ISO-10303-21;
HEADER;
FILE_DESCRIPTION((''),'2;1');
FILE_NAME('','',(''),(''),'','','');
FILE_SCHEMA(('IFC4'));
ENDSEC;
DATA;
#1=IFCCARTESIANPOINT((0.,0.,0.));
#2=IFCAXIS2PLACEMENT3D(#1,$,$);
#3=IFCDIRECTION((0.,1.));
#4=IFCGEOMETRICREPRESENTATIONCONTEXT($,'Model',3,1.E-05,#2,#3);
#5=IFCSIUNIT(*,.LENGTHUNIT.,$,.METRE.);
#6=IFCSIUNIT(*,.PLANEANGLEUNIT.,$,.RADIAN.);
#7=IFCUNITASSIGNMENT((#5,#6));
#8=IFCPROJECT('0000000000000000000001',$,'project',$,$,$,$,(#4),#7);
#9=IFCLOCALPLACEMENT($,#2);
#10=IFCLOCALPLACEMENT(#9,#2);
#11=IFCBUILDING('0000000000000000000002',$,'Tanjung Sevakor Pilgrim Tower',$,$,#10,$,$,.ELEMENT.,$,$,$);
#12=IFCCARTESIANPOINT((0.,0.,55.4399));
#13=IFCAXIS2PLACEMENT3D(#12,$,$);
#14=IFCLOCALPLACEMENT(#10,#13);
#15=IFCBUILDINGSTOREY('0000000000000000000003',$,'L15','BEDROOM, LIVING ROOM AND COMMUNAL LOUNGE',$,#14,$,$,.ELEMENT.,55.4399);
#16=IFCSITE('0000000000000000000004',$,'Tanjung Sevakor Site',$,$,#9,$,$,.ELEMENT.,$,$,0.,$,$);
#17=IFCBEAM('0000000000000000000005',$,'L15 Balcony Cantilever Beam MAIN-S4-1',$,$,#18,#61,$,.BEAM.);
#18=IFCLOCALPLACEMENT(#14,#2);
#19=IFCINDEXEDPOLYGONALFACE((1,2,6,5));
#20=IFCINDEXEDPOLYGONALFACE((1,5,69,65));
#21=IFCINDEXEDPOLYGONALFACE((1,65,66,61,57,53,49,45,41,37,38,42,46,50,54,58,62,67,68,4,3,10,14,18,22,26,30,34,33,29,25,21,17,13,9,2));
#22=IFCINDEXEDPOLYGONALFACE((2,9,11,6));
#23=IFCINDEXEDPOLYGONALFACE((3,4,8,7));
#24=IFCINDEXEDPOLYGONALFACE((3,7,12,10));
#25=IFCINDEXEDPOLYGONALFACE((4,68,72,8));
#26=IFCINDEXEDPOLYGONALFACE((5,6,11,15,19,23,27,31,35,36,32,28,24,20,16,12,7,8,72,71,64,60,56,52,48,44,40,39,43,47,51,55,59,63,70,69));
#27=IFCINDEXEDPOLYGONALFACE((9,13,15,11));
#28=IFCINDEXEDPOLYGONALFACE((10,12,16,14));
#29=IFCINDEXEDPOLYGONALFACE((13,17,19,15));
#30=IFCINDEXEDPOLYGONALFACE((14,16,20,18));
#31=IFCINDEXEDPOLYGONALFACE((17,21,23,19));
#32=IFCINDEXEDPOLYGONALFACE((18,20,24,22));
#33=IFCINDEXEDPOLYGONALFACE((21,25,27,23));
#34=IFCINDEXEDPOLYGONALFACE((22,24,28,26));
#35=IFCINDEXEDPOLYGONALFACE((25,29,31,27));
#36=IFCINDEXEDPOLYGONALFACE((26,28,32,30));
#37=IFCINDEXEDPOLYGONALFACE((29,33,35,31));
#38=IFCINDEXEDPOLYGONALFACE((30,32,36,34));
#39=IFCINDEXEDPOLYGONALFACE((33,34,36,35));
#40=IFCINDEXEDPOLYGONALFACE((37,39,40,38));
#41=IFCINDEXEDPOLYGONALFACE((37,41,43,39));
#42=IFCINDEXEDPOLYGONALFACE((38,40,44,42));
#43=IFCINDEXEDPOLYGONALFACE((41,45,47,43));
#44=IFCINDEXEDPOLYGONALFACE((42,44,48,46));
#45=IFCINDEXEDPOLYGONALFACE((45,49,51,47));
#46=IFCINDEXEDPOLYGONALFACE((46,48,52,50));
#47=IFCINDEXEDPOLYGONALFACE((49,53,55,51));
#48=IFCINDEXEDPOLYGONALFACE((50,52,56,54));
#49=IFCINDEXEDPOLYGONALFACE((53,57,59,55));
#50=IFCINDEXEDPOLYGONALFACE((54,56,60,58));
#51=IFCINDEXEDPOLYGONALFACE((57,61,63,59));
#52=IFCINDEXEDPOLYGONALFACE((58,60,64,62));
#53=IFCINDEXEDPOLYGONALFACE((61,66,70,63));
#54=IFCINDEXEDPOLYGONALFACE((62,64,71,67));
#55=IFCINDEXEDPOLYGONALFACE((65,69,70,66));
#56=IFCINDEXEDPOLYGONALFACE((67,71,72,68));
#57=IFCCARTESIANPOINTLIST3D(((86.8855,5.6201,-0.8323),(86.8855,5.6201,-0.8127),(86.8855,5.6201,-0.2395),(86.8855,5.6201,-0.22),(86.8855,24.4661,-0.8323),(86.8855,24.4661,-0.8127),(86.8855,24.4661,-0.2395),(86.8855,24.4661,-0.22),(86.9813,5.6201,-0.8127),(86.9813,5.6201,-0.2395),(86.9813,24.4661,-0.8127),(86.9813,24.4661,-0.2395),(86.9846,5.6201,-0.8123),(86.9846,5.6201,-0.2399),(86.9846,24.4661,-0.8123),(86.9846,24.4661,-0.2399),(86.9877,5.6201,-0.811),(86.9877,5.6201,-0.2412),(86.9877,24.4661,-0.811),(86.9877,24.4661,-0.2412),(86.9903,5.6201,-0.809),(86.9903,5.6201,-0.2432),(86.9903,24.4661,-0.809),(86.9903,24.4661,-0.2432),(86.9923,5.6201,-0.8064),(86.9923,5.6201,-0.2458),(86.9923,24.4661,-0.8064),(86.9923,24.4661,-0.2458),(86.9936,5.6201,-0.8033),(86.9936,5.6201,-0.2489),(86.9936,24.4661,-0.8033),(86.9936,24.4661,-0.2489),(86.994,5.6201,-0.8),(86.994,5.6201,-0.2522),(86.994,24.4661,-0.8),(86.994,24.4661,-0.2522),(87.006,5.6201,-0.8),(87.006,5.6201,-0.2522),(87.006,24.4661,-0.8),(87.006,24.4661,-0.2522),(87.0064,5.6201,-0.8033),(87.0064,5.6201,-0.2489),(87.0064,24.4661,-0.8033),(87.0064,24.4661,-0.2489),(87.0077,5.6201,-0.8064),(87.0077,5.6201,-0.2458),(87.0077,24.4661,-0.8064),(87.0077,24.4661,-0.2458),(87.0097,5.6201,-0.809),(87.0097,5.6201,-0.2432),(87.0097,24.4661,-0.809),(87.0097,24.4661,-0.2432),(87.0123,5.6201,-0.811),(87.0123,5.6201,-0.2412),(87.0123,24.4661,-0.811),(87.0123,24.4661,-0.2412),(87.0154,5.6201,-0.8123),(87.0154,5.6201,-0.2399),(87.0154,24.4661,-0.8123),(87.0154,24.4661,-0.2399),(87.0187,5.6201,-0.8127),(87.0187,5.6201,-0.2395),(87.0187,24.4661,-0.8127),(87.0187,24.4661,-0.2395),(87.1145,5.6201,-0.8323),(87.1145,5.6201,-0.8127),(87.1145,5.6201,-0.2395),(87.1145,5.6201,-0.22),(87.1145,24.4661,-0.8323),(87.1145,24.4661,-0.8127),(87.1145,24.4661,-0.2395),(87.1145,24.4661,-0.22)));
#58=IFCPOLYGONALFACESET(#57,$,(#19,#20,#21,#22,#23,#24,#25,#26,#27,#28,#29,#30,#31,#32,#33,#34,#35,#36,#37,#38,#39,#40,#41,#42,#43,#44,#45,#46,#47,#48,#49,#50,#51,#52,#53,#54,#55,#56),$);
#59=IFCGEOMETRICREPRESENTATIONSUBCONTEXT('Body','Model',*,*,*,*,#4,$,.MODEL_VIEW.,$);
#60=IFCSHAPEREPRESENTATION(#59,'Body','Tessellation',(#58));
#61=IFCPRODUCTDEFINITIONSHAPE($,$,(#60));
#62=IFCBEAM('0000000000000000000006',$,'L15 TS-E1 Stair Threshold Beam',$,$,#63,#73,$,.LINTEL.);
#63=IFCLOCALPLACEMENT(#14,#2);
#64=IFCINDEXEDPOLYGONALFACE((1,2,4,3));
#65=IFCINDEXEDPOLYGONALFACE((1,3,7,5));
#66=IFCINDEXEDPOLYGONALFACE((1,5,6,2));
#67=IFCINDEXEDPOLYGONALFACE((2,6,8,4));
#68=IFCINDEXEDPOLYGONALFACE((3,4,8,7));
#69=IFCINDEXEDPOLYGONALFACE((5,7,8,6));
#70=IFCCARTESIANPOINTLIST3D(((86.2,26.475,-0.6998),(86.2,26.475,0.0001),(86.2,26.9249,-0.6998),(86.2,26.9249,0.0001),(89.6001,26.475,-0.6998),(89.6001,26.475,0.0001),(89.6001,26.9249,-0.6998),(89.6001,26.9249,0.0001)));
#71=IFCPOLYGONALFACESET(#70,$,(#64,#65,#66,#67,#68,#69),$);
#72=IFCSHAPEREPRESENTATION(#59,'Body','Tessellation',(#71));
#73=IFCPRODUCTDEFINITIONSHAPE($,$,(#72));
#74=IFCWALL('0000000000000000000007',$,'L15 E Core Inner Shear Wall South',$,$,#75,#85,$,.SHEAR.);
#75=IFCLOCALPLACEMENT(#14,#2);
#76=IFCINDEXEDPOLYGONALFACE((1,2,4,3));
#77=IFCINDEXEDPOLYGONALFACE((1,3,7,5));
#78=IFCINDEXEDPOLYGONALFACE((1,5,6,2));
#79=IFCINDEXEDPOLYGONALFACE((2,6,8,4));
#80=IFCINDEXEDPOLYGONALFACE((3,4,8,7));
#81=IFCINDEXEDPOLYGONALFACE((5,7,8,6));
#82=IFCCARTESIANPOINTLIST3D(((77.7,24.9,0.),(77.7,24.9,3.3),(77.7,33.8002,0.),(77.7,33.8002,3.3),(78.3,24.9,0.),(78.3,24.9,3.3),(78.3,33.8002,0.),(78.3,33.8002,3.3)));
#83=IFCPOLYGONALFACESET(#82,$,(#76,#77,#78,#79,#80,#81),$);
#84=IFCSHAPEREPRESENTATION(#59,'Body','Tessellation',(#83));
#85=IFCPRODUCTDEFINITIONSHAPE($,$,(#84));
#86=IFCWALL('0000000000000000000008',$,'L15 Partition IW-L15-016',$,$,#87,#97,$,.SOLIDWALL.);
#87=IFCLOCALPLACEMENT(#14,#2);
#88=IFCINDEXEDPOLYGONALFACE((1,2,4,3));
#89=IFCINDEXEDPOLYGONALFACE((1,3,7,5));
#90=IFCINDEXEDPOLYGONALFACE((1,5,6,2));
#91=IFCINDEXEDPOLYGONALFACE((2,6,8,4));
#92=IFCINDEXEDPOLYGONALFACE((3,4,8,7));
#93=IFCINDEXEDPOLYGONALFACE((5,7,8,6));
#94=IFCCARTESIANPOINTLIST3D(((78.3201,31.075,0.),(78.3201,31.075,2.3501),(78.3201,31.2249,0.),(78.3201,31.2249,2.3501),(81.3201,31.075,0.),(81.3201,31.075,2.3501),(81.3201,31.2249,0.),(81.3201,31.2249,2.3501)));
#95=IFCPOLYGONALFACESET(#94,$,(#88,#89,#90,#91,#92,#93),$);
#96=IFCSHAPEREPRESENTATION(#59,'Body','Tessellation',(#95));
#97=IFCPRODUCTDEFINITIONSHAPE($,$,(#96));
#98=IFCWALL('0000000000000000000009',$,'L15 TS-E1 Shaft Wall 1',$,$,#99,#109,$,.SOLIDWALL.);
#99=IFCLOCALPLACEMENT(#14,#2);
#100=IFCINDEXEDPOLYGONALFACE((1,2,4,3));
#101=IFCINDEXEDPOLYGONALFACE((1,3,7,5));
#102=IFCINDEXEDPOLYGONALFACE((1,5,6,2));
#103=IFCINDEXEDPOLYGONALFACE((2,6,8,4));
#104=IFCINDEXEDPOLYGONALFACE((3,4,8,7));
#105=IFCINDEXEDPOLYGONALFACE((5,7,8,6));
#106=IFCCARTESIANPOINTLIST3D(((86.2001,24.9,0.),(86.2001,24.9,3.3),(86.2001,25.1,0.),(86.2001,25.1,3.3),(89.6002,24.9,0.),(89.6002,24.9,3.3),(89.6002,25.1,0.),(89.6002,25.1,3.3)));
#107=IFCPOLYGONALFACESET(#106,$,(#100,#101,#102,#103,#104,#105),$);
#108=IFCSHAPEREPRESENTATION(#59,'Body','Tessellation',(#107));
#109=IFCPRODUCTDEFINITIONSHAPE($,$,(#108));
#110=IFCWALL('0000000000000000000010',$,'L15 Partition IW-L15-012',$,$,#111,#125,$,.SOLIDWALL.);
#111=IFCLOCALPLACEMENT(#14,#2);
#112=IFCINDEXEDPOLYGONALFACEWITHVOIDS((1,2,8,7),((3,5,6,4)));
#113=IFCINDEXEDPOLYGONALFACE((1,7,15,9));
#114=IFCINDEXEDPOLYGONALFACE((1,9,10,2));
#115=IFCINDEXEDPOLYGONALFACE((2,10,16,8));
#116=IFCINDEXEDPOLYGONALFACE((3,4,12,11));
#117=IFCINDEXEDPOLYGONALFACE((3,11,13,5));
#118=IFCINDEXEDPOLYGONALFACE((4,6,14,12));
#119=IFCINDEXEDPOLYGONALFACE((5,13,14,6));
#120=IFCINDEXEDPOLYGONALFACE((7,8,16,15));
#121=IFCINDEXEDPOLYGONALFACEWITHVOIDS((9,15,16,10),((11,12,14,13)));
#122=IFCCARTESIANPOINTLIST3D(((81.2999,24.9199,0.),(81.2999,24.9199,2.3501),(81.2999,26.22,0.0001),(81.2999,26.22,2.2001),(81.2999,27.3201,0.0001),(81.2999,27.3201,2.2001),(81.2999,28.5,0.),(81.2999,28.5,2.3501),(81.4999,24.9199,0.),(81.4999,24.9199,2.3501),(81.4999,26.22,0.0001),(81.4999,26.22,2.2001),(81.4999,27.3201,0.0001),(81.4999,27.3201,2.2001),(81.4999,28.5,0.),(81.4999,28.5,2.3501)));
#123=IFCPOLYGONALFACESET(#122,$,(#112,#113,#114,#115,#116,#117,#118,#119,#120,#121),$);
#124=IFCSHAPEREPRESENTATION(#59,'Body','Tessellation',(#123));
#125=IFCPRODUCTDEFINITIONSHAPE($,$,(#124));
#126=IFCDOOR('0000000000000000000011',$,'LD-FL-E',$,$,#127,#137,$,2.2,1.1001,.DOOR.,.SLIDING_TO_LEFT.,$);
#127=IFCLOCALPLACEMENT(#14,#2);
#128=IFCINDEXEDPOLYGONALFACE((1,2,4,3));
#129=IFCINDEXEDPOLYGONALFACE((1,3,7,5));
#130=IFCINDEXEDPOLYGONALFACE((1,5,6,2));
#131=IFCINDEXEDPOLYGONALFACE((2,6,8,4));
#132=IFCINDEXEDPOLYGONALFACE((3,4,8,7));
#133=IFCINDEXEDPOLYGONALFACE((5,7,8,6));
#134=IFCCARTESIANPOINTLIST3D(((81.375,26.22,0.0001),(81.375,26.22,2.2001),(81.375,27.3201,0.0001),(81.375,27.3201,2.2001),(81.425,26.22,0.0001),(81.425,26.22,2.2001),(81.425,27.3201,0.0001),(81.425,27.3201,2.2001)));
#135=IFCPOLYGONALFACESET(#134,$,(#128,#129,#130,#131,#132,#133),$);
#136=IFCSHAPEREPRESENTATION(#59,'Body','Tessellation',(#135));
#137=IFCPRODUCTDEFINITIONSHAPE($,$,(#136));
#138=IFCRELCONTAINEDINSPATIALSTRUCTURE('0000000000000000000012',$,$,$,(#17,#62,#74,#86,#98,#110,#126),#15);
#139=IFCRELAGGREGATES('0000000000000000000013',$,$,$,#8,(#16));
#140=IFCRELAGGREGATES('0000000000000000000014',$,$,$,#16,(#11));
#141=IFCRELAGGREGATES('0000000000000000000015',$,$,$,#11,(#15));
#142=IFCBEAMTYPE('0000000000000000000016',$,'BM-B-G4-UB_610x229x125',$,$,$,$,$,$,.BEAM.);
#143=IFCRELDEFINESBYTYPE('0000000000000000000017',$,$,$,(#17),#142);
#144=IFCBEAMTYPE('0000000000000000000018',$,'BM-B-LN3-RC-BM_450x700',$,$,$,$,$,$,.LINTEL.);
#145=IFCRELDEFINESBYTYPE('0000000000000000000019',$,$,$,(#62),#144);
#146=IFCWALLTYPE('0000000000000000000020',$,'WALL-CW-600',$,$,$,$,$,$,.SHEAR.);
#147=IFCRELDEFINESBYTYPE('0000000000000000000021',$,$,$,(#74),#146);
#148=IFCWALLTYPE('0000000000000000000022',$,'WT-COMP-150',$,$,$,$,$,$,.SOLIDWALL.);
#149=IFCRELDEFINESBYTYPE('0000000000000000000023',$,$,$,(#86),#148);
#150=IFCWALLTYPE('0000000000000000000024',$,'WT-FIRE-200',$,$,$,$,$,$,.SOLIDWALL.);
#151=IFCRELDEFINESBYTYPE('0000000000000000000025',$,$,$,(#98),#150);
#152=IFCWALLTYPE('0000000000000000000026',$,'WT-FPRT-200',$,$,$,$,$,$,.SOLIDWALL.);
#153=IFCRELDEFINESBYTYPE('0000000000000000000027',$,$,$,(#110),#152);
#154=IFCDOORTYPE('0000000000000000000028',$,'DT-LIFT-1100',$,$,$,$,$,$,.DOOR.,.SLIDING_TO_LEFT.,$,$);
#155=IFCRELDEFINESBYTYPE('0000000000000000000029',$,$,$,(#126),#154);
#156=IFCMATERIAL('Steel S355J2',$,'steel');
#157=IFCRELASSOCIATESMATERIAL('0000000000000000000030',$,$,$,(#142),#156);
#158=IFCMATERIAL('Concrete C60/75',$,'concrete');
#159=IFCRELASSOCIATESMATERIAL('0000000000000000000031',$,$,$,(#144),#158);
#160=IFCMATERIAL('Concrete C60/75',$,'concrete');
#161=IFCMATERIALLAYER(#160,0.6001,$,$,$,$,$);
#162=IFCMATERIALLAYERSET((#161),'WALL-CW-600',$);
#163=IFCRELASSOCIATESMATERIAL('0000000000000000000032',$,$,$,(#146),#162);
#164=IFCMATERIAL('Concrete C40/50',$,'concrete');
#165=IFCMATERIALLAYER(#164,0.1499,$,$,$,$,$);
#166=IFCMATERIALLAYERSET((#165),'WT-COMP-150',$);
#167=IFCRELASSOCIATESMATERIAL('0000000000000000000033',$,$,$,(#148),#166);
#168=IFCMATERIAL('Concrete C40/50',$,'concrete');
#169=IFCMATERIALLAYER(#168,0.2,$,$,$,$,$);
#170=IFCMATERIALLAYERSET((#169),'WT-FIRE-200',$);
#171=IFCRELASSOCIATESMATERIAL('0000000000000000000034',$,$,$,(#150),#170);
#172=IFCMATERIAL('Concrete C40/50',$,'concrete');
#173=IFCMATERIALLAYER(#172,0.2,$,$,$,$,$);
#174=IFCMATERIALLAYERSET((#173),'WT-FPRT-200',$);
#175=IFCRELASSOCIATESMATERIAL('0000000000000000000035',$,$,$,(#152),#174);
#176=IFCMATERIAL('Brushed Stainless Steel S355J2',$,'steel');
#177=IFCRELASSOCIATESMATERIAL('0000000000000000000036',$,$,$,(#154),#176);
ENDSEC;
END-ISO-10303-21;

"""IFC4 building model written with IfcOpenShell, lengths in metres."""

from ifc_helpers import new_model, si_unit, direction, frame, frame_2d, origin, origin_2d, place, context, subcontext, project, spatial, rectangle, i_section, extrude, material, layer, layer_set, material_profile, profile_set, type_object, element, fill, save


model = new_model("IFC4")

# Units and contexts
model_context = context("Model", 3, precision=1e-05, world=origin(), true_north=direction((0.0, 1.0)))
body_context = subcontext(model_context, "Body", "Model", "MODEL_VIEW")
ifc_project = project(units=[si_unit("LENGTHUNIT", "METRE"), si_unit("PLANEANGLEUNIT", "RADIAN")], contexts=[model_context])

# Site, building, storey
site_placement = place(None, origin())
site = spatial("IfcSite", under=ifc_project, at=site_placement, Name="Tanjung Sevakor Site", CompositionType="ELEMENT", RefElevation=0.0)
building_placement = place(site_placement, origin())
building = spatial("IfcBuilding", under=site, at=building_placement, Name="Tanjung Sevakor Pilgrim Tower", CompositionType="ELEMENT")
storey_placement = place(building_placement, frame((0.0, 0.0, 55.4399)))
storey = spatial("IfcBuildingStorey", under=building, at=storey_placement, Name="L15", Description="BEDROOM, LIVING ROOM AND COMMUNAL LOUNGE", CompositionType="ELEMENT", Elevation=55.4399)

# Beams
ifc_material_1 = material(Name="Steel S355J2", Category="steel")
ifc_material_profile_1 = material_profile(ifc_material_1, i_section(OverallWidth=0.229, OverallDepth=0.6123, WebThickness=0.012, FlangeThickness=0.0195, FilletRadius=0.0127, at=origin_2d()))
ifc_profile_set_1 = profile_set([ifc_material_profile_1], Name="Steel S355J2")
beam_type_1 = type_object("IfcBeamType", Name="BM-B-G4-UB_610x229x125", PredefinedType="BEAM", material=ifc_profile_set_1)
beam_1_placement = place(storey_placement, frame((87.0, 24.4661, -0.5261), z_axis=(0.0, -1.0, 0.0), x_axis=(1.0, 0.0, 0.0)))
element("IfcBeam", 1, at=beam_1_placement, inside=storey, type_object=beam_type_1, Name="L15 Balcony Cantilever Beam MAIN-S4-1", PredefinedType="BEAM", context=body_context, shape_type="SweptSolid", body=[
    extrude(i_section(OverallWidth=0.229, OverallDepth=0.6123, WebThickness=0.012, FlangeThickness=0.0195, FilletRadius=0.0127, at=origin_2d()), origin(), (0.0, 0.0, 1.0), 18.8459),
])
ifc_material_2 = material(Name="Concrete C60/75", Category="concrete")
ifc_material_profile_2 = material_profile(ifc_material_2, rectangle(XDim=0.45, YDim=0.7, at=origin_2d()))
ifc_profile_set_2 = profile_set([ifc_material_profile_2], Name="Concrete C60/75")
beam_type_2 = type_object("IfcBeamType", Name="BM-B-LN3-RC-BM_450x700", PredefinedType="LINTEL", material=ifc_profile_set_2)
beam_2_placement = place(storey_placement, frame((86.2, 26.7, -0.3499), z_axis=(1.0, 0.0, 0.0), x_axis=(0.0, 1.0, 0.0)))
element("IfcBeam", 2, at=beam_2_placement, inside=storey, type_object=beam_type_2, Name="L15 TS-E1 Stair Threshold Beam", PredefinedType="LINTEL", context=body_context, shape_type="SweptSolid", body=[
    extrude(rectangle(XDim=0.45, YDim=0.7, at=origin_2d()), origin(), (0.0, 0.0, 1.0), 3.4001),
])

# Wall
ifc_material_3 = material(Name="Concrete C60/75", Category="concrete")
ifc_layer_1 = layer(ifc_material_3, 0.6001)
ifc_layer_set_1 = layer_set([ifc_layer_1], Name="WALL-CW-600")
wall_type_1 = type_object("IfcWallType", Name="WALL-CW-600", PredefinedType="SHEAR", material=ifc_layer_set_1)
wall_1_placement = place(storey_placement, frame((78.0, 24.8999, 0.0), z_axis=(0.0, 0.0, 1.0), x_axis=(0.0, 1.0, 0.0)))
element("IfcWall", 3, at=wall_1_placement, inside=storey, type_object=wall_type_1, Name="L15 E Core Inner Shear Wall South", PredefinedType="SHEAR", context=body_context, shape_type="SweptSolid", body=[
    extrude(rectangle(XDim=8.9001, YDim=0.6001, at=frame_2d((4.4502, 0.0))), origin(), (0.0, 0.0, 1.0), 3.3),
])

# Wall
ifc_material_4 = material(Name="Concrete C40/50", Category="concrete")
ifc_layer_2 = layer(ifc_material_4, 0.1499)
ifc_layer_set_2 = layer_set([ifc_layer_2], Name="WT-COMP-150")
wall_type_2 = type_object("IfcWallType", Name="WT-COMP-150", PredefinedType="SOLIDWALL", material=ifc_layer_set_2)
wall_2_placement = place(storey_placement, frame((78.3201, 31.1499, 0.0), z_axis=(0.0, 0.0, 1.0), x_axis=(1.0, 0.0, 0.0)))
element("IfcWall", 4, at=wall_2_placement, inside=storey, type_object=wall_type_2, Name="L15 Partition IW-L15-016", PredefinedType="SOLIDWALL", context=body_context, shape_type="SweptSolid", body=[
    extrude(rectangle(XDim=3.0, YDim=0.1499, at=frame_2d((1.5, 0.0))), origin(), (0.0, 0.0, 1.0), 2.3501),
])

# Wall
ifc_material_5 = material(Name="Concrete C40/50", Category="concrete")
ifc_layer_3 = layer(ifc_material_5, 0.2)
ifc_layer_set_3 = layer_set([ifc_layer_3], Name="WT-FIRE-200")
wall_type_3 = type_object("IfcWallType", Name="WT-FIRE-200", PredefinedType="SOLIDWALL", material=ifc_layer_set_3)
wall_3_placement = place(storey_placement, frame((86.2, 25.0, 0.0), z_axis=(0.0, 0.0, 1.0), x_axis=(1.0, 0.0, 0.0)))
element("IfcWall", 5, at=wall_3_placement, inside=storey, type_object=wall_type_3, Name="L15 TS-E1 Shaft Wall 1", PredefinedType="SOLIDWALL", context=body_context, shape_type="SweptSolid", body=[
    extrude(rectangle(XDim=3.4001, YDim=0.2, at=frame_2d((1.7002, 0.0))), origin(), (0.0, 0.0, 1.0), 3.3),
])

# Wall, opening, door
ifc_material_6 = material(Name="Concrete C40/50", Category="concrete")
ifc_layer_4 = layer(ifc_material_6, 0.2)
ifc_layer_set_4 = layer_set([ifc_layer_4], Name="WT-FPRT-200")
wall_type_4 = type_object("IfcWallType", Name="WT-FPRT-200", PredefinedType="SOLIDWALL", material=ifc_layer_set_4)
wall_4_placement = place(storey_placement, frame((81.3999, 24.9199, 0.0), z_axis=(0.0, 0.0, 1.0), x_axis=(0.0, 1.0, 0.0)))
wall_4 = element("IfcWall", 6, at=wall_4_placement, inside=storey, type_object=wall_type_4, Name="L15 Partition IW-L15-012", PredefinedType="SOLIDWALL", context=body_context, shape_type="SweptSolid", body=[
    extrude(rectangle(XDim=3.5801, YDim=0.2, at=frame_2d((1.79, 0.0))), origin(), (0.0, 0.0, 1.0), 2.3501),
])
opening_1_placement = place(wall_4_placement, frame((1.3, 0.0, 0.0)))
opening_1 = element("IfcOpeningElement", 7, at=opening_1_placement, cuts=wall_4, PredefinedType="OPENING", context=body_context, shape_type="SweptSolid", body=[
    extrude(rectangle(XDim=1.1001, YDim=2.2, at=frame_2d((0.55, 1.1001))), frame((0.0, 0.1099, 0.0), z_axis=(0.0, -1.0, 0.0), x_axis=(1.0, 0.0, 0.0)), (0.0, 0.0, 1.0), 0.22),
])
ifc_material_7 = material(Name="Brushed Stainless Steel S355J2", Category="steel")
door_type_1 = type_object("IfcDoorType", Name="DT-LIFT-1100", OperationType="SLIDING_TO_LEFT", PredefinedType="DOOR", material=ifc_material_7)
door_1_placement = place(opening_1_placement, origin())
door_1 = element("IfcDoor", 8, at=door_1_placement, inside=storey, type_object=door_type_1, Name="LD-FL-E", OperationType="SLIDING_TO_LEFT", OverallHeight=2.2, OverallWidth=1.1001, PredefinedType="DOOR", context=body_context, shape_type="SweptSolid", body=[
    extrude(rectangle(XDim=1.1001, YDim=2.2, at=frame_2d((0.55, 1.1001))), frame((0.0, 0.0249, 0.0), z_axis=(0.0, -1.0, 0.0), x_axis=(1.0, 0.0, 0.0)), (0.0, 0.0, 1.0), 0.05),
])
fill(opening_1, door_1)

save(model, "model.ifc")
